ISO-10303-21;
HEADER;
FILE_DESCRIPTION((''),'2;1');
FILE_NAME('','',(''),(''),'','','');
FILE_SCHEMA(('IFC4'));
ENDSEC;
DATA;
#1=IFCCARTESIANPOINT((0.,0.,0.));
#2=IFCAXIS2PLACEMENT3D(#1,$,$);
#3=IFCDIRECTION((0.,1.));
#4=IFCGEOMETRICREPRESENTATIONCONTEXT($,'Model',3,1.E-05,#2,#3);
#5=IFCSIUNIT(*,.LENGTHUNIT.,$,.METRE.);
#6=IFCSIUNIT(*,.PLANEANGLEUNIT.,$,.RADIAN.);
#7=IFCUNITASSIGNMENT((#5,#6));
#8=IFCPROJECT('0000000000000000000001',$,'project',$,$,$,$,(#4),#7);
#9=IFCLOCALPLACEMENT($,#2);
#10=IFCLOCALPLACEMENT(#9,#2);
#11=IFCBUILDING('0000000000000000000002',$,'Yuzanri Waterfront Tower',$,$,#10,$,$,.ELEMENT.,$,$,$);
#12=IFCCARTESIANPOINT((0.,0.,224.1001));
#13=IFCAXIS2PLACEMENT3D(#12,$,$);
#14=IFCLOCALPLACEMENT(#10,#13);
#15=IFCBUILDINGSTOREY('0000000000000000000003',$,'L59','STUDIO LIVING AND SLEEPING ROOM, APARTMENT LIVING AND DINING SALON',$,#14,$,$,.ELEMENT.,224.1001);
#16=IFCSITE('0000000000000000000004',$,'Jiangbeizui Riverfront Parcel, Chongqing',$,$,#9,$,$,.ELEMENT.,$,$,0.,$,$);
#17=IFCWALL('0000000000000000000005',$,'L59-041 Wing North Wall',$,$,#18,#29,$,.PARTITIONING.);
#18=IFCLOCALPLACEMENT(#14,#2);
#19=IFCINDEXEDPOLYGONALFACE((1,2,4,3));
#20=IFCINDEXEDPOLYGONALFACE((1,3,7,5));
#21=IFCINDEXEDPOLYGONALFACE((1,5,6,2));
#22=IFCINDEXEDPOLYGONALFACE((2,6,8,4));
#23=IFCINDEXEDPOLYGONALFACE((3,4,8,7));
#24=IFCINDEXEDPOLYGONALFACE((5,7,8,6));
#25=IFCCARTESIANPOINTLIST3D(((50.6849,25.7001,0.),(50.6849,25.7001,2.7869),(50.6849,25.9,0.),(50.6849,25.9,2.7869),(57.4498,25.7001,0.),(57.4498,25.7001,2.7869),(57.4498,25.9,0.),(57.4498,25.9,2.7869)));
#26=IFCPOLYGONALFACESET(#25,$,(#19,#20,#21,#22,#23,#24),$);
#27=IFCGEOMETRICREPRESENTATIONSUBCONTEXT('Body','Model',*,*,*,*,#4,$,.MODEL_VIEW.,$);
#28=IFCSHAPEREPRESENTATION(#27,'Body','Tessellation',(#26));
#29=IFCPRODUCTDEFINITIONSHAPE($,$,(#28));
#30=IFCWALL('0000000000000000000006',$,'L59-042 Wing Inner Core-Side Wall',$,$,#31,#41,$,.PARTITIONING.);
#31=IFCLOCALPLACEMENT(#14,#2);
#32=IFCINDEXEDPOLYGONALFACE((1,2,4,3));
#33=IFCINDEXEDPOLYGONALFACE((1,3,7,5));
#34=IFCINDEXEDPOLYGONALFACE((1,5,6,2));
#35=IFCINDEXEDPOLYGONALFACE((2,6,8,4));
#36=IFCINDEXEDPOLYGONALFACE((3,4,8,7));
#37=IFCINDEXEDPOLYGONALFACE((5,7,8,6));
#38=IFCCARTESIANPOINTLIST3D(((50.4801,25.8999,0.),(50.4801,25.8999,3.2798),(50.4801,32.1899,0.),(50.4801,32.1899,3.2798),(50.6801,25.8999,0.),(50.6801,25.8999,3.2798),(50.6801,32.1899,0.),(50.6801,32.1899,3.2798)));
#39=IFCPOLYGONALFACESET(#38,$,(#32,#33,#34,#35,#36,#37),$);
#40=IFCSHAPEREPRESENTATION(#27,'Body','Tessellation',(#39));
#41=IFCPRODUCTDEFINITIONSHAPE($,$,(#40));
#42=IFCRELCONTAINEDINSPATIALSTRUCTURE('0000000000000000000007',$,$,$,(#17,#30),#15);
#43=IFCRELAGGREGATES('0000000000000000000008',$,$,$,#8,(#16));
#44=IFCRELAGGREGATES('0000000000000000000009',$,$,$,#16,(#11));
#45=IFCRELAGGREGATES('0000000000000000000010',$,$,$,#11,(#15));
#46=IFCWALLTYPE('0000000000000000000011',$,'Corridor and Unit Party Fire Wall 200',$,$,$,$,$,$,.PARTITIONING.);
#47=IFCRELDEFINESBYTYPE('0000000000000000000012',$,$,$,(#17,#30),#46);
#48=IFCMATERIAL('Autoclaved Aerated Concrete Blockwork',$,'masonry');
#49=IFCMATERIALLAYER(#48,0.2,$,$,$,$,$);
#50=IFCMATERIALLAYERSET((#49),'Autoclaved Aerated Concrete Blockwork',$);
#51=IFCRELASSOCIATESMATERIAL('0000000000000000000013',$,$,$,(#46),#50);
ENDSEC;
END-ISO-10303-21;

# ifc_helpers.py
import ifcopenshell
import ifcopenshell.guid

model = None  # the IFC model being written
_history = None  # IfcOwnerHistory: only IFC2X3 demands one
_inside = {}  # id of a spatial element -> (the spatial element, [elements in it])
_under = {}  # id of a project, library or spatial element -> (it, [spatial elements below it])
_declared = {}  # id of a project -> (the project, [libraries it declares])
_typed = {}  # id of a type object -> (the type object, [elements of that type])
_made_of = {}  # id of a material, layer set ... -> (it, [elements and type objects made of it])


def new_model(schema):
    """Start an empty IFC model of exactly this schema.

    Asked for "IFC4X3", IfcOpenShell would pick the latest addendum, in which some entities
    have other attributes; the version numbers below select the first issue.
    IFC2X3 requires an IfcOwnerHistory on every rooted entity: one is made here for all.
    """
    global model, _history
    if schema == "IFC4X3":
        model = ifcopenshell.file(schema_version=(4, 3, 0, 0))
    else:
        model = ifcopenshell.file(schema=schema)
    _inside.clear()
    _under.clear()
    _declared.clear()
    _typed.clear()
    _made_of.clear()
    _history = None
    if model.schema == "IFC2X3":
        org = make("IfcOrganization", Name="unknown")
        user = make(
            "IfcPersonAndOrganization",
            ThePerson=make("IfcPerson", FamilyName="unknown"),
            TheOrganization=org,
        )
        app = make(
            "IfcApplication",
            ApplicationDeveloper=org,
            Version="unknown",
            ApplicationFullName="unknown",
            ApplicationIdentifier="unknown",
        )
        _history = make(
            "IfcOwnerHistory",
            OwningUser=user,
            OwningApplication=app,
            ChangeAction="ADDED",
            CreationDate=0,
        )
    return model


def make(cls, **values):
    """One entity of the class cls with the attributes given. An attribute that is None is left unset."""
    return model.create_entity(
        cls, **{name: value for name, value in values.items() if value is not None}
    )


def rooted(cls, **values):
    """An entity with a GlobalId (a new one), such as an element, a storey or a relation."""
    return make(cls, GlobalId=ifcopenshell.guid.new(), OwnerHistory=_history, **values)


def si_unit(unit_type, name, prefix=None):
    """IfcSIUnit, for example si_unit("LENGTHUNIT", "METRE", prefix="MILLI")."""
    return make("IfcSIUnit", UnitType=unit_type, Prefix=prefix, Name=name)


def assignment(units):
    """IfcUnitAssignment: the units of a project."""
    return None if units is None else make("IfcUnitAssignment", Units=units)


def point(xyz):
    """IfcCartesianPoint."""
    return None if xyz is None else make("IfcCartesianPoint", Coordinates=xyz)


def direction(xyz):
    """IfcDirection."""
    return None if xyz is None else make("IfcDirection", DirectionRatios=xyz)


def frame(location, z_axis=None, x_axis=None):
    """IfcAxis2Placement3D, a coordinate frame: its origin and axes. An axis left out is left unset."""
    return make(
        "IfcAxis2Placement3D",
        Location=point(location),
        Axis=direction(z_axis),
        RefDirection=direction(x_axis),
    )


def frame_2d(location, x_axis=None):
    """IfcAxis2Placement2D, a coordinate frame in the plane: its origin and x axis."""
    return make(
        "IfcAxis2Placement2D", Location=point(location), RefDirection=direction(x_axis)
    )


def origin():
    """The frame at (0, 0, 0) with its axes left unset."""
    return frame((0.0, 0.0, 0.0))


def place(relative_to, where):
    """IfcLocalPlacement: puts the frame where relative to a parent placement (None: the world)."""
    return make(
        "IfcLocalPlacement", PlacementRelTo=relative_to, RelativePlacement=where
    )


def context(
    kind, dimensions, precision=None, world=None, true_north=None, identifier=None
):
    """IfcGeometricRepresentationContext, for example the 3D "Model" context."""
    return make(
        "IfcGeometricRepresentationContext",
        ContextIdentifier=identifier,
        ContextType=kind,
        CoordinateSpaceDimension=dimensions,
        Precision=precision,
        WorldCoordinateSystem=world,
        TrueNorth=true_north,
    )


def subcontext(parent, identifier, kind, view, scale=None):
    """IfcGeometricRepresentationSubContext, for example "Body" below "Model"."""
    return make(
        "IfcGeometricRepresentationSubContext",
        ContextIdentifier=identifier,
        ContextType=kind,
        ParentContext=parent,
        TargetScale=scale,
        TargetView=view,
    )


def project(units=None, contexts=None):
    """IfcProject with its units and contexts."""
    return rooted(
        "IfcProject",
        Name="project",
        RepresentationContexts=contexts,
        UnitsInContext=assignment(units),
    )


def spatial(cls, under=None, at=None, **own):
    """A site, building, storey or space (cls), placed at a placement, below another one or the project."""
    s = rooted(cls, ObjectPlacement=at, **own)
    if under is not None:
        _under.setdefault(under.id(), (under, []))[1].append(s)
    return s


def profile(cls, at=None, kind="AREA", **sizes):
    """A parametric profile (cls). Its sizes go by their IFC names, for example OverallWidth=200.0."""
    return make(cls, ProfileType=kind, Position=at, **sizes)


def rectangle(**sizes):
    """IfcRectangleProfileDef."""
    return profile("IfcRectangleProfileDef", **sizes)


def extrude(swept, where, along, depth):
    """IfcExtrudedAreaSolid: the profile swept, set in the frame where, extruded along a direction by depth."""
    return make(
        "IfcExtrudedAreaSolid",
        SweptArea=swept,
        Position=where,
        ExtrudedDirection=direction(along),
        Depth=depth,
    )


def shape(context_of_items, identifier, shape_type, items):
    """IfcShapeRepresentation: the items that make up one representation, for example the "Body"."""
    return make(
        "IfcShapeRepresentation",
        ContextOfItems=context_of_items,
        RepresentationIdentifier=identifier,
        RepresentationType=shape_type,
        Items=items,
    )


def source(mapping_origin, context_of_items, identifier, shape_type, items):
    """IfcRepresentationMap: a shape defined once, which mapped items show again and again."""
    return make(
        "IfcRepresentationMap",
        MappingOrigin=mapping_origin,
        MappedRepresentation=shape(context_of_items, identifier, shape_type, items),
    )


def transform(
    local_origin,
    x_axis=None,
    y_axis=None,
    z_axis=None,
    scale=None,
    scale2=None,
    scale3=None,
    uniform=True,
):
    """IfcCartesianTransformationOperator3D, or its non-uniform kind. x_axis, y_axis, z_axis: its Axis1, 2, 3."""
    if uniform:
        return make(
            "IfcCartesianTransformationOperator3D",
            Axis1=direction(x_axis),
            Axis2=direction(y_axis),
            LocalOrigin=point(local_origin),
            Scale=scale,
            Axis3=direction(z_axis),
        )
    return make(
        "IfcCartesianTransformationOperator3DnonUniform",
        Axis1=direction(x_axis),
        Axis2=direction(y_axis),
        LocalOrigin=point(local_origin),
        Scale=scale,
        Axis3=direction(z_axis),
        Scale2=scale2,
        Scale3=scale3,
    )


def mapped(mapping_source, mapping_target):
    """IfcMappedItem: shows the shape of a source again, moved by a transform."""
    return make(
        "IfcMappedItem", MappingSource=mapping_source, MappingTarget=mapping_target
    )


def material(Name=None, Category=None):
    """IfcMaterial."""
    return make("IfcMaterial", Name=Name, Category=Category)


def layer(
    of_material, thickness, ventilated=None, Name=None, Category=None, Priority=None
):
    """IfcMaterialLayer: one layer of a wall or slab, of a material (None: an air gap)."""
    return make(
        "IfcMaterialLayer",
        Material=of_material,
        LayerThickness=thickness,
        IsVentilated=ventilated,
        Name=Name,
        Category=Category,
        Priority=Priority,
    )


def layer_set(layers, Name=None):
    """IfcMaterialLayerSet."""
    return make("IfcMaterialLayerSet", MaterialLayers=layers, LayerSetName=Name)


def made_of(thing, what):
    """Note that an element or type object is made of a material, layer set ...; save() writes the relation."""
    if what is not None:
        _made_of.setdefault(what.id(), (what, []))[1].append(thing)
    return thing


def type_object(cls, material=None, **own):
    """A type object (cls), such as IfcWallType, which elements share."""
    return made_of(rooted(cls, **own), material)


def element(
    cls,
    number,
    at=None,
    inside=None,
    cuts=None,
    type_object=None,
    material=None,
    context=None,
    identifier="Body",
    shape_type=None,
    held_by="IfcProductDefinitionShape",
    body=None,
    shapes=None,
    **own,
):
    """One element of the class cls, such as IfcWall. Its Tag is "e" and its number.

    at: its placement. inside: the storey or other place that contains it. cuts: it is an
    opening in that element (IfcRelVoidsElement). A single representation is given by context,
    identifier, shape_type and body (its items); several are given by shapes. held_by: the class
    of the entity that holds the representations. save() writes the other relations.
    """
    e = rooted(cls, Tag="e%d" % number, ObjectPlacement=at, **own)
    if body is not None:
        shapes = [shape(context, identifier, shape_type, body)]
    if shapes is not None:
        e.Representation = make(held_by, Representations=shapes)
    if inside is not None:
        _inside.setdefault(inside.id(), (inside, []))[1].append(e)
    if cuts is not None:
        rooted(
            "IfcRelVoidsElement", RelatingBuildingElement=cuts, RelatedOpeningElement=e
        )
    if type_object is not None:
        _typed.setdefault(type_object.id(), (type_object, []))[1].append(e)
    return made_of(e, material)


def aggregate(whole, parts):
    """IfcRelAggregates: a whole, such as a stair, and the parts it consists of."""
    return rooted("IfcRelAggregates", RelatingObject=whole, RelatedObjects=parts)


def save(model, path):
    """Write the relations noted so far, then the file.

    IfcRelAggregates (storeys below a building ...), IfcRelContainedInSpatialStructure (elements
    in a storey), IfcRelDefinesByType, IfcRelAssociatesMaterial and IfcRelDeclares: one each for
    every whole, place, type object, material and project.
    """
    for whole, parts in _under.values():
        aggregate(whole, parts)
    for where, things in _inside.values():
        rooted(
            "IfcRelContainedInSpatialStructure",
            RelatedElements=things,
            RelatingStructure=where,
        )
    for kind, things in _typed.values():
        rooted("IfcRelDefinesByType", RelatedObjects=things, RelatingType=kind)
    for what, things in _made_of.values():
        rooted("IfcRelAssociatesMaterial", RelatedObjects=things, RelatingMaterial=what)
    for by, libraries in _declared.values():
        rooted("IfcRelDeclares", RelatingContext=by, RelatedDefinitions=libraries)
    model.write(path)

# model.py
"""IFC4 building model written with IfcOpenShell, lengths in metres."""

from ifc_helpers import new_model, si_unit, direction, frame, frame_2d, origin, place, context, subcontext, project, spatial, rectangle, extrude, source, transform, mapped, material, layer, layer_set, type_object, element, save


model = new_model("IFC4")

# Units and contexts
model_context = context("Model", 3, precision=1e-05, world=origin(), true_north=direction((0.0, 1.0)))
body_context = subcontext(model_context, "Body", "Model", "MODEL_VIEW")
ifc_project = project(units=[si_unit("LENGTHUNIT", "METRE"), si_unit("PLANEANGLEUNIT", "RADIAN")], contexts=[model_context])

# Site, building, storey
site_placement = place(None, origin())
site = spatial("IfcSite", under=ifc_project, at=site_placement, Name="Jiangbeizui Riverfront Parcel, Chongqing", CompositionType="ELEMENT", RefElevation=0.0)
building_placement = place(site_placement, origin())
building = spatial("IfcBuilding", under=site, at=building_placement, Name="Yuzanri Waterfront Tower", CompositionType="ELEMENT")
storey_placement = place(building_placement, frame((0.0, 0.0, 224.1001)))
storey = spatial("IfcBuildingStorey", under=building, at=storey_placement, Name="L59", Description="STUDIO LIVING AND SLEEPING ROOM, APARTMENT LIVING AND DINING SALON", CompositionType="ELEMENT", Elevation=224.1001)

# Shared definitions
ifc_material_1 = material(Name="Autoclaved Aerated Concrete Blockwork", Category="masonry")
ifc_layer_1 = layer(ifc_material_1, 0.2)
ifc_layer_set_1 = layer_set([ifc_layer_1], Name="Autoclaved Aerated Concrete Blockwork")
wall_type = type_object("IfcWallType", Name="Corridor and Unit Party Fire Wall 200", PredefinedType="PARTITIONING", material=ifc_layer_set_1)

# Walls
shared_shape_1 = source(origin(), body_context, "Body", "SweptSolid", [
    extrude(rectangle(XDim=6.7649, YDim=0.2, at=frame_2d((3.3823, 0.0))), origin(), (0.0, 0.0, 1.0), 2.7869),
])
wall_1_placement = place(storey_placement, frame((50.6851, 25.8, 0.0), z_axis=(0.0, 0.0, 1.0), x_axis=(1.0, 0.0, 0.0)))
element("IfcWall", 1, at=wall_1_placement, inside=storey, type_object=wall_type, Name="L59-041 Wing North Wall", PredefinedType="PARTITIONING", context=body_context, shape_type="MappedRepresentation", body=[
    mapped(shared_shape_1, transform((0.0, 0.0, 0.0), scale=1.0)),
])
shared_shape_2 = source(origin(), body_context, "Body", "SweptSolid", [
    extrude(rectangle(XDim=6.29, YDim=0.2, at=frame_2d((3.145, 0.0))), origin(), (0.0, 0.0, 1.0), 3.2798),
])
wall_2_placement = place(storey_placement, frame((50.5801, 25.8999, 0.0), z_axis=(0.0, 0.0, 1.0), x_axis=(0.0, 1.0, 0.0)))
element("IfcWall", 2, at=wall_2_placement, inside=storey, type_object=wall_type, Name="L59-042 Wing Inner Core-Side Wall", PredefinedType="PARTITIONING", context=body_context, shape_type="MappedRepresentation", body=[
    mapped(shared_shape_2, transform((0.0, 0.0, 0.0), scale=1.0)),
])

save(model, "model.ifc")
